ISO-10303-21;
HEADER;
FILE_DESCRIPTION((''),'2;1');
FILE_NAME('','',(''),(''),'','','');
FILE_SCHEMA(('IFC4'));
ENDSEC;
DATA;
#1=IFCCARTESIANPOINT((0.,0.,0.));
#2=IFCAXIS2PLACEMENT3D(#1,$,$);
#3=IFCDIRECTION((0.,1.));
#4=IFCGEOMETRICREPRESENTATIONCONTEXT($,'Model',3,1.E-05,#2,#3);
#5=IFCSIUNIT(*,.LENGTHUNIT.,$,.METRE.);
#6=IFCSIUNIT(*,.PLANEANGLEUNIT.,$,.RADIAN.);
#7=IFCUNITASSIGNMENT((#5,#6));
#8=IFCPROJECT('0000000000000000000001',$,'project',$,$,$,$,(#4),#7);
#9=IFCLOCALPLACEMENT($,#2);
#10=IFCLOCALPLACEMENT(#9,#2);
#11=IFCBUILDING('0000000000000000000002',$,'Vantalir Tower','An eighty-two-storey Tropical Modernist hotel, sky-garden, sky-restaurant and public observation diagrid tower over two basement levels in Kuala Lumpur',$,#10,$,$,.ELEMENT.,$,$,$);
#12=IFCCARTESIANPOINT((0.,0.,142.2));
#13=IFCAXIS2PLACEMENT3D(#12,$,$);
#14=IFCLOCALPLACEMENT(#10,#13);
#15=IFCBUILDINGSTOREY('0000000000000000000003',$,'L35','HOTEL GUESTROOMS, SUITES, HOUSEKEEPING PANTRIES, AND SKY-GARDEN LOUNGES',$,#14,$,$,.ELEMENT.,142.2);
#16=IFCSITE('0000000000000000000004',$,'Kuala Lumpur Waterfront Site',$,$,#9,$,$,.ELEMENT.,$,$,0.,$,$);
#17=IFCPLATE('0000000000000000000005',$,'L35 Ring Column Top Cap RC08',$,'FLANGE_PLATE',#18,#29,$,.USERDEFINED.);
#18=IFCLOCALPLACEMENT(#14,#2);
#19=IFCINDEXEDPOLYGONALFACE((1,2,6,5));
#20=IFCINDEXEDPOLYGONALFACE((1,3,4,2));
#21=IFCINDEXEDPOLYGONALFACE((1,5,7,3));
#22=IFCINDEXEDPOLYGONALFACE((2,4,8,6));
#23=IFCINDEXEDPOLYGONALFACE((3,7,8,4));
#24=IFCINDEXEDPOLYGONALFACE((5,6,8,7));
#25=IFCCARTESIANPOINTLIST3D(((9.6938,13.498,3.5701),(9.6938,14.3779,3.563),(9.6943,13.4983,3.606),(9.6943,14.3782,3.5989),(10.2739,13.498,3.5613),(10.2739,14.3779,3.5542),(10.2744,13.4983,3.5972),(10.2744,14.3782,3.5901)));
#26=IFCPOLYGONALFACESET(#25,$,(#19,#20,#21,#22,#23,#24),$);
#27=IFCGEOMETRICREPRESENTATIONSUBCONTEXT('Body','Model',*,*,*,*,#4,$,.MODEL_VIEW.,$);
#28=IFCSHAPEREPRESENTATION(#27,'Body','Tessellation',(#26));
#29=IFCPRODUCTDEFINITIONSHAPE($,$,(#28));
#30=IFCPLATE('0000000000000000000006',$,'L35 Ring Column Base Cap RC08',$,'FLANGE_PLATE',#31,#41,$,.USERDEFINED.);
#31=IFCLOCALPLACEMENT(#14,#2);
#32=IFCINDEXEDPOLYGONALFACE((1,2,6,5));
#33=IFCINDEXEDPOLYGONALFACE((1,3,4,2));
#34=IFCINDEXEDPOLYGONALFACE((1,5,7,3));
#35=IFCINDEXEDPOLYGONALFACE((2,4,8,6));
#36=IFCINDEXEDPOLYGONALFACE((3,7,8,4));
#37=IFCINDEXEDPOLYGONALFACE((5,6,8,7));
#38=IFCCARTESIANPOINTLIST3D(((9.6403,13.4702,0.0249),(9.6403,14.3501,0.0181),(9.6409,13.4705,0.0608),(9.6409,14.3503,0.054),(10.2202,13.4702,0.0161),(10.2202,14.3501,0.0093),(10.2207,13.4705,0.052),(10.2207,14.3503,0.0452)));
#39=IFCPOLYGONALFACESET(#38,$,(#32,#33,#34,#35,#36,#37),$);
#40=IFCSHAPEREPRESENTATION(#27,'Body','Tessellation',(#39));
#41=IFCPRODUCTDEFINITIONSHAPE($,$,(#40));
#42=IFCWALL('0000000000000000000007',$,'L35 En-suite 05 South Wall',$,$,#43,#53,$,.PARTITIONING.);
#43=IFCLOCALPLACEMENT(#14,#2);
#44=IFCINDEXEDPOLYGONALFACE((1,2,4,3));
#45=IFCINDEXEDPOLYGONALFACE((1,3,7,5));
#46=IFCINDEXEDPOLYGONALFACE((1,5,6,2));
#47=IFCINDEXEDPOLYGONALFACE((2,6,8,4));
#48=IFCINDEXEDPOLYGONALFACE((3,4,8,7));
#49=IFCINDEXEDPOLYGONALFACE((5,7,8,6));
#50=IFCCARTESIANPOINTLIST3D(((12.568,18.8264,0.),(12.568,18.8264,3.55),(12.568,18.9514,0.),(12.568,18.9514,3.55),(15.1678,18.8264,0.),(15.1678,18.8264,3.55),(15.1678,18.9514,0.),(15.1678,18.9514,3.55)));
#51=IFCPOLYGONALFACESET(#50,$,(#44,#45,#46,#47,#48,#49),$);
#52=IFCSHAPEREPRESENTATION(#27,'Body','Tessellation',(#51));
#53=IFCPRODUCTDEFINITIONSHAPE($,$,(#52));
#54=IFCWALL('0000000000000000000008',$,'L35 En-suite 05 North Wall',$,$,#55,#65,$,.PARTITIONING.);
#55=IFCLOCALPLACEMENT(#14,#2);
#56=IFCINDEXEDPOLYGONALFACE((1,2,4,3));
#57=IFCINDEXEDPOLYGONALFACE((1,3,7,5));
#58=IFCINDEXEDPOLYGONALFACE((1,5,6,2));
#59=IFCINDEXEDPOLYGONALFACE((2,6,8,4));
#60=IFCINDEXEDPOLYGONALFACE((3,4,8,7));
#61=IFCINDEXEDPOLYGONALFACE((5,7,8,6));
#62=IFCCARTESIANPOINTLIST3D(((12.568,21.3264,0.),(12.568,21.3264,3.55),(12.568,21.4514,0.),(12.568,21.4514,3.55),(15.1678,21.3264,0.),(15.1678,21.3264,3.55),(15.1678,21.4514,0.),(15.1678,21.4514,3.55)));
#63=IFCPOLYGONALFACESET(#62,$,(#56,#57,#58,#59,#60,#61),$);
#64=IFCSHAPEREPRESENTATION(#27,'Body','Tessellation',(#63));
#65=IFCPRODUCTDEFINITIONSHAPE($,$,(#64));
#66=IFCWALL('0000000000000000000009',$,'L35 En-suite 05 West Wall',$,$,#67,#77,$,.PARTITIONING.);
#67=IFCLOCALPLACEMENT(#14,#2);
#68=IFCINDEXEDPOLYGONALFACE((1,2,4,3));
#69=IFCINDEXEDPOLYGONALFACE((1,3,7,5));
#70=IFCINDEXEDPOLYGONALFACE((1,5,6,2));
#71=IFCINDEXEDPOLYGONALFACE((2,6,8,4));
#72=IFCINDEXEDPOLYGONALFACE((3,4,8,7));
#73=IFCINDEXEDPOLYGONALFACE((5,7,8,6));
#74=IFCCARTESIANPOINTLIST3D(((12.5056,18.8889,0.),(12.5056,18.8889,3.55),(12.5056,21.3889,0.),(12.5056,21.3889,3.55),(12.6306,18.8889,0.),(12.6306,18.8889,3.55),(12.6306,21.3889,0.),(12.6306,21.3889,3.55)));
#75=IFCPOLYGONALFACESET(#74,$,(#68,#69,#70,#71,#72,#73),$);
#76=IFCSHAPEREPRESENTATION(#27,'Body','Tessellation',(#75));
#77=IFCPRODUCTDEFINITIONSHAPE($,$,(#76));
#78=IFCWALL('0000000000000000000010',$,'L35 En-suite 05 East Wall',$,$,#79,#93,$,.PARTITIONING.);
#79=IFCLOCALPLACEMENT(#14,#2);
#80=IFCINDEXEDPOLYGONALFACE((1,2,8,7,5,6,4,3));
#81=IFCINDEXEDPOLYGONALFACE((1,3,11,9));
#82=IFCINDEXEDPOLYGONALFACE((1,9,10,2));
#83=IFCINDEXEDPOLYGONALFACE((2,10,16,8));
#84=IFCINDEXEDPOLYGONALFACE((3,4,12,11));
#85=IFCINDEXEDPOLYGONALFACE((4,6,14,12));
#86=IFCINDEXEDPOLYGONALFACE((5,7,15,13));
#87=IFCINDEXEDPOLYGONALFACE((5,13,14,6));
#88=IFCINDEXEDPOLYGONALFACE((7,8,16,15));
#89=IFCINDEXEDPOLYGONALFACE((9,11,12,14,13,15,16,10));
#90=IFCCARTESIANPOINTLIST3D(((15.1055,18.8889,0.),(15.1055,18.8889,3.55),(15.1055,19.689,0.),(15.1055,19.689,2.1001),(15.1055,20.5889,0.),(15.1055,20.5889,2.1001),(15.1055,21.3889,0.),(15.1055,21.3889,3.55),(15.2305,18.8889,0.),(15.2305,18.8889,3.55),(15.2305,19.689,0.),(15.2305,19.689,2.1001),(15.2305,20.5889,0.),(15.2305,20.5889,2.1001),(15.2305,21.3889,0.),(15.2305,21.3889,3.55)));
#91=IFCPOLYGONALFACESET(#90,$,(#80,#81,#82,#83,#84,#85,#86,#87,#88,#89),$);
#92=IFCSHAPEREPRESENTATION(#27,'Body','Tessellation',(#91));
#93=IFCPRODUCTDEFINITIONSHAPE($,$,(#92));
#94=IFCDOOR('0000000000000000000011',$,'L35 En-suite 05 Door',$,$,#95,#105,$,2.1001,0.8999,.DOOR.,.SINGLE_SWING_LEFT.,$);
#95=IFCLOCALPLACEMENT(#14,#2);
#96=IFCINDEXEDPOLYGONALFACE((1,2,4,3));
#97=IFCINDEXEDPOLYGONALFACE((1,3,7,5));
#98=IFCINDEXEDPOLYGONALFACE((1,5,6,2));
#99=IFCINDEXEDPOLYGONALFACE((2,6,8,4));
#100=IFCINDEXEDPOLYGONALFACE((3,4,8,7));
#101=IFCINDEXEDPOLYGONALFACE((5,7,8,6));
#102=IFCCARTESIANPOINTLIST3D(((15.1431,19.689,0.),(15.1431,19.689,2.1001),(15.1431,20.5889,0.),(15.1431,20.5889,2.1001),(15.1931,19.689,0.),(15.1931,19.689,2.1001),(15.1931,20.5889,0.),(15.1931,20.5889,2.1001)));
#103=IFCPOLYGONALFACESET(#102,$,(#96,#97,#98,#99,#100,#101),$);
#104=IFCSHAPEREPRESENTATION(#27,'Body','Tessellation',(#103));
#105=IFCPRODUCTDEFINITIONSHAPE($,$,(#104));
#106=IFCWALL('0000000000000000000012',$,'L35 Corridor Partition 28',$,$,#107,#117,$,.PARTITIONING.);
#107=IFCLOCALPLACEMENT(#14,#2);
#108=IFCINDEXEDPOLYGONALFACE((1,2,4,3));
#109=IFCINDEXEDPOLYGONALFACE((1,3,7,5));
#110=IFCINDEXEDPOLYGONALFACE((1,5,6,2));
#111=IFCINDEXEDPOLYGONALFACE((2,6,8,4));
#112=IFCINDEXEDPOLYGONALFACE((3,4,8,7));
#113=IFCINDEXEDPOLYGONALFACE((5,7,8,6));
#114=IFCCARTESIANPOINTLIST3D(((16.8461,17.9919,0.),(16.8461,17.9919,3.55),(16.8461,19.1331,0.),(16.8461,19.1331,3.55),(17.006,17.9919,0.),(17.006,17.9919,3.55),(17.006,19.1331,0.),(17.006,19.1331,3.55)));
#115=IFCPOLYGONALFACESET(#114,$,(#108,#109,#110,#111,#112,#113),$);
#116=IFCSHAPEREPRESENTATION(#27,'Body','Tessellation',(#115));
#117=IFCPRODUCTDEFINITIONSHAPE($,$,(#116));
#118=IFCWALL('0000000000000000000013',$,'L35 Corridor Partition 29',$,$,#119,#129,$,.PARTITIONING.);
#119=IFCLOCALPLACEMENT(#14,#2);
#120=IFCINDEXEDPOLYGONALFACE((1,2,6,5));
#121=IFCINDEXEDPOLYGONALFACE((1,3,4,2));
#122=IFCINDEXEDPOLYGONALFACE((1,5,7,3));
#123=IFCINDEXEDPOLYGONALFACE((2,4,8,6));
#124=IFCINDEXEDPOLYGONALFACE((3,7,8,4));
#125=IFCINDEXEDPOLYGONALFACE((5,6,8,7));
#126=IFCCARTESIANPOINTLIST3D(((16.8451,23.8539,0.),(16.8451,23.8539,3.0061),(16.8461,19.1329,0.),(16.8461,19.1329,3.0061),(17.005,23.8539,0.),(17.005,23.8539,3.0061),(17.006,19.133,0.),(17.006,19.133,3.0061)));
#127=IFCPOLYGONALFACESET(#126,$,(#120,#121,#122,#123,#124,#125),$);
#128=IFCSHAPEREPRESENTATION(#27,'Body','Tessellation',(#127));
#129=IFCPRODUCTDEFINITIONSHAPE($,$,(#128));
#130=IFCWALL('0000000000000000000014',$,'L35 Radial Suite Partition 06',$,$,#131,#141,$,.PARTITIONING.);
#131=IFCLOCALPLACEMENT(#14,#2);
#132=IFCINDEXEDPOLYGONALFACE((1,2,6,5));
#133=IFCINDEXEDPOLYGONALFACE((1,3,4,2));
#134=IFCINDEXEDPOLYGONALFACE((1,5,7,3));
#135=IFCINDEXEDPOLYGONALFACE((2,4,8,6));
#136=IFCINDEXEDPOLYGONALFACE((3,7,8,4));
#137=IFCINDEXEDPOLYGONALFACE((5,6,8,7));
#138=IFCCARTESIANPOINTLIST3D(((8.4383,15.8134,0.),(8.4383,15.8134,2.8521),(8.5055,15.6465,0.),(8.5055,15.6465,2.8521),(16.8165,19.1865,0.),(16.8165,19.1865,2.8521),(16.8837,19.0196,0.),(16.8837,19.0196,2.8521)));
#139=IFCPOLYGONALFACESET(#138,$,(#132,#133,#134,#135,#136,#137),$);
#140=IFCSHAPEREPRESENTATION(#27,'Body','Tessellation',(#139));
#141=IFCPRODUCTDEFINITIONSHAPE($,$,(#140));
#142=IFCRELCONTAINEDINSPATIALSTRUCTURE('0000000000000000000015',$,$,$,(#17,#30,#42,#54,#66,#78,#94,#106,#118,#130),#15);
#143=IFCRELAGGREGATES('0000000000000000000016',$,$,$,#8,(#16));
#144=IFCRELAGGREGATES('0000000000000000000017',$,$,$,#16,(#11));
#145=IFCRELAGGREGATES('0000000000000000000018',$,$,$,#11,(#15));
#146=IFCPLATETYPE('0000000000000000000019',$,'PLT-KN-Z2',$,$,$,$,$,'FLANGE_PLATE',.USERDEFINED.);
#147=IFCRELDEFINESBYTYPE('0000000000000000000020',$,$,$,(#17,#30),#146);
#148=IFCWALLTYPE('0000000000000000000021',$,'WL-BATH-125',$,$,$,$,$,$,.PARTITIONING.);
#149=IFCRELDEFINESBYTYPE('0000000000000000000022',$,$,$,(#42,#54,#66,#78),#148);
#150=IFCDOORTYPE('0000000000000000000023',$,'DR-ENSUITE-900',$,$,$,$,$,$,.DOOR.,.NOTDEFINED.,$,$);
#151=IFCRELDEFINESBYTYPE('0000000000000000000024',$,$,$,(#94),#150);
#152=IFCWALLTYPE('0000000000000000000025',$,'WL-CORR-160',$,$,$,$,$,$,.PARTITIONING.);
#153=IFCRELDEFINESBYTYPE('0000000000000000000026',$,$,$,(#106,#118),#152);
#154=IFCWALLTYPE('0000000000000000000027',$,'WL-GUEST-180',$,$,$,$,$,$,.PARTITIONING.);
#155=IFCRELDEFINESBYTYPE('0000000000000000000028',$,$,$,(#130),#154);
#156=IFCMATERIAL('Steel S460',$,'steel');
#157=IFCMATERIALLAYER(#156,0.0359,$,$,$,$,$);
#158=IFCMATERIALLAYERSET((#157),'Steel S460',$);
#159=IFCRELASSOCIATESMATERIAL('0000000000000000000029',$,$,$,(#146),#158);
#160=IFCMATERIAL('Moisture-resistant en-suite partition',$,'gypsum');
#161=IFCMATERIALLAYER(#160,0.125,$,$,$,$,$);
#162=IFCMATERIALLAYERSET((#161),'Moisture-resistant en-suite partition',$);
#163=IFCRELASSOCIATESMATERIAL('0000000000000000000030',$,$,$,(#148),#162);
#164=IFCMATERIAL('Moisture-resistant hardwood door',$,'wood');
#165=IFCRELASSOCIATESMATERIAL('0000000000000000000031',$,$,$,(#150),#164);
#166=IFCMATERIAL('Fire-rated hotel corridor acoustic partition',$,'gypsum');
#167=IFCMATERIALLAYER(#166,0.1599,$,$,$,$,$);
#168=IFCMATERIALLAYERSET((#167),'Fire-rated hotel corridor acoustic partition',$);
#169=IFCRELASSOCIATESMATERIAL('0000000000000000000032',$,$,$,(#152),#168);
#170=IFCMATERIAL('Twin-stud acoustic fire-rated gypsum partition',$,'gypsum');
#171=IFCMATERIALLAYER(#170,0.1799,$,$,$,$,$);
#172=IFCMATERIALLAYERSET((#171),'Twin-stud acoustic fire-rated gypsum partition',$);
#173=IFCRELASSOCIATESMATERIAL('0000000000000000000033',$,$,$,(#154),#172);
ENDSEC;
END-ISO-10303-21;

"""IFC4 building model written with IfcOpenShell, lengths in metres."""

from ifc_helpers import new_model, si_unit, direction, frame, frame_2d, origin, place, context, subcontext, project, spatial, polyline, rectangle, outline, extrude, material, layer, layer_set, type_object, element, fill, save


model = new_model("IFC4")

# Units and contexts
model_context = context("Model", 3, precision=1e-05, world=origin(), true_north=direction((0.0, 1.0)))
body_context = subcontext(model_context, "Body", "Model", "MODEL_VIEW")
ifc_project = project(units=[si_unit("LENGTHUNIT", "METRE"), si_unit("PLANEANGLEUNIT", "RADIAN")], contexts=[model_context])

# Site, building, storey
site_placement = place(None, origin())
site = spatial("IfcSite", under=ifc_project, at=site_placement, Name="Kuala Lumpur Waterfront Site", CompositionType="ELEMENT", RefElevation=0.0)
building_placement = place(site_placement, origin())
building = spatial("IfcBuilding", under=site, at=building_placement, Name="Vantalir Tower", Description="An eighty-two-storey Tropical Modernist hotel, sky-garden, sky-restaurant and public observation diagrid tower over two basement levels in Kuala Lumpur", CompositionType="ELEMENT")
storey_placement = place(building_placement, frame((0.0, 0.0, 142.2)))
storey = spatial("IfcBuildingStorey", under=building, at=storey_placement, Name="L35", Description="HOTEL GUESTROOMS, SUITES, HOUSEKEEPING PANTRIES, AND SKY-GARDEN LOUNGES", CompositionType="ELEMENT", Elevation=142.2)

# Shared definitions
ifc_material_1 = material(Name="Steel S460", Category="steel")

# Plates
ifc_layer_1 = layer(ifc_material_1, 0.0359)
ifc_layer_set_1 = layer_set([ifc_layer_1], Name="Steel S460")
plate_type_1 = type_object("IfcPlateType", Name="PLT-KN-Z2", ElementType="FLANGE_PLATE", PredefinedType="USERDEFINED", material=ifc_layer_set_1)
plate_1_placement = place(storey_placement, frame((9.6943, 14.3782, 3.5989), z_axis=(0.015149, 0.008045, 0.999853), x_axis=(0.0, -0.999968, 0.008046)))
element("IfcPlate", 1, at=plate_1_placement, inside=storey, type_object=plate_type_1, Name="L35 Ring Column Top Cap RC08", ObjectType="FLANGE_PLATE", PredefinedType="USERDEFINED", context=body_context, shape_type="SweptSolid", body=[
    extrude(outline(polyline([(0.0, 0.0), (0.8799, 0.0), (0.8798, 0.5801), (-0.0001, 0.5801), (0.0, 0.0)])), origin(), (0.0, 0.0, -1.0), 0.0359),
])
plate_2_placement = place(storey_placement, frame((9.6409, 14.3503, 0.054), z_axis=(0.015156, 0.007768, 0.999855), x_axis=(0.0, -0.99997, 0.007769)))
element("IfcPlate", 2, at=plate_2_placement, inside=storey, type_object=plate_type_1, Name="L35 Ring Column Base Cap RC08", ObjectType="FLANGE_PLATE", PredefinedType="USERDEFINED", context=body_context, shape_type="SweptSolid", body=[
    extrude(outline(polyline([(0.0, 0.0), (0.8799, 0.0), (0.8798, 0.5799), (-0.0001, 0.5799), (0.0, 0.0)])), origin(), (0.0, 0.0, -1.0), 0.0359),
])

# Walls
ifc_material_2 = material(Name="Moisture-resistant en-suite partition", Category="gypsum")
ifc_layer_2 = layer(ifc_material_2, 0.125)
ifc_layer_set_2 = layer_set([ifc_layer_2], Name="Moisture-resistant en-suite partition")
wall_type_1 = type_object("IfcWallType", Name="WL-BATH-125", PredefinedType="PARTITIONING", material=ifc_layer_set_2)
for number, where, z_axis, x_axis, name in (
    (3, (12.5681, 18.8889, 0.0), (0.0, 0.0, 1.0), (1.0, 0.0, 0.0), "L35 En-suite 05 South Wall"),
    (4, (12.5681, 21.3889, 0.0), (0.0, 0.0, 1.0), (1.0, 0.0, 0.0), "L35 En-suite 05 North Wall"),
):
    element("IfcWall", number, at=place(storey_placement, frame(where, z_axis=z_axis, x_axis=x_axis)), inside=storey, type_object=wall_type_1, Name=name, PredefinedType="PARTITIONING", context=body_context, shape_type="SweptSolid", body=[
        extrude(rectangle(XDim=2.5999, YDim=0.125, at=frame_2d((1.2998, 0.0))), origin(), (0.0, 0.0, 1.0), 3.55),
    ])
wall_1_placement = place(storey_placement, frame((12.5681, 18.8889, 0.0), z_axis=(0.0, 0.0, 1.0), x_axis=(0.0, 1.0, 0.0)))
element("IfcWall", 5, at=wall_1_placement, inside=storey, type_object=wall_type_1, Name="L35 En-suite 05 West Wall", PredefinedType="PARTITIONING", context=body_context, shape_type="SweptSolid", body=[
    extrude(rectangle(XDim=2.5, YDim=0.125, at=frame_2d((1.25, 0.0))), origin(), (0.0, 0.0, 1.0), 3.55),
])

# Wall, opening, door
wall_2_placement = place(storey_placement, frame((15.168, 18.8889, 0.0), z_axis=(0.0, 0.0, 1.0), x_axis=(0.0, 1.0, 0.0)))
wall_2 = element("IfcWall", 6, at=wall_2_placement, inside=storey, type_object=wall_type_1, Name="L35 En-suite 05 East Wall", PredefinedType="PARTITIONING", context=body_context, shape_type="SweptSolid", body=[
    extrude(rectangle(XDim=2.5, YDim=0.125, at=frame_2d((1.25, 0.0))), origin(), (0.0, 0.0, 1.0), 3.55),
])
opening_placement = place(wall_2_placement, frame((0.8, 0.0, 0.0)))
opening = element("IfcOpeningElement", 7, at=opening_placement, cuts=wall_2, PredefinedType="OPENING", context=body_context, shape_type="SweptSolid", body=[
    extrude(rectangle(XDim=0.8999, YDim=2.1001, at=frame_2d((0.45, 1.05))), frame((0.0, 0.0725, 0.0), z_axis=(0.0, -1.0, 0.0), x_axis=(1.0, 0.0, 0.0)), (0.0, 0.0, 1.0), 0.145),
])
ifc_material_3 = material(Name="Moisture-resistant hardwood door", Category="wood")
door_type = type_object("IfcDoorType", Name="DR-ENSUITE-900", OperationType="NOTDEFINED", PredefinedType="DOOR", material=ifc_material_3)
door_placement = place(opening_placement, origin())
door = element("IfcDoor", 8, at=door_placement, inside=storey, type_object=door_type, Name="L35 En-suite 05 Door", OperationType="SINGLE_SWING_LEFT", OverallHeight=2.1001, OverallWidth=0.8999, PredefinedType="DOOR", context=body_context, shape_type="SweptSolid", body=[
    extrude(rectangle(XDim=0.8999, YDim=2.1001, at=frame_2d((0.45, 1.05))), frame((0.0, 0.0249, 0.0), z_axis=(0.0, -1.0, 0.0), x_axis=(1.0, 0.0, 0.0)), (0.0, 0.0, 1.0), 0.05),
])
fill(opening, door)

# Walls
ifc_material_4 = material(Name="Fire-rated hotel corridor acoustic partition", Category="gypsum")
ifc_layer_3 = layer(ifc_material_4, 0.1599)
ifc_layer_set_3 = layer_set([ifc_layer_3], Name="Fire-rated hotel corridor acoustic partition")
wall_type_2 = type_object("IfcWallType", Name="WL-CORR-160", PredefinedType="PARTITIONING", material=ifc_layer_set_3)
wall_3_placement = place(storey_placement, frame((16.926, 17.9919, 0.0), z_axis=(0.0, 0.0, 1.0), x_axis=(0.0, 1.0, 0.0)))
element("IfcWall", 9, at=wall_3_placement, inside=storey, type_object=wall_type_2, Name="L35 Corridor Partition 28", PredefinedType="PARTITIONING", context=body_context, shape_type="SweptSolid", body=[
    extrude(rectangle(XDim=1.1411, YDim=0.1599, at=frame_2d((0.5706, 0.0))), origin(), (0.0, 0.0, 1.0), 3.55),
])
wall_4_placement = place(storey_placement, frame((16.926, 19.1331, 0.0), z_axis=(0.0, 0.0, 1.0), x_axis=(-0.000207, 1.0, 0.0)))
element("IfcWall", 10, at=wall_4_placement, inside=storey, type_object=wall_type_2, Name="L35 Corridor Partition 29", PredefinedType="PARTITIONING", context=body_context, shape_type="SweptSolid", body=[
    extrude(rectangle(XDim=4.7209, YDim=0.1599, at=frame_2d((2.3604, 0.0))), origin(), (0.0, 0.0, 1.0), 3.0061),
])
ifc_material_5 = material(Name="Twin-stud acoustic fire-rated gypsum partition", Category="gypsum")
ifc_layer_4 = layer(ifc_material_5, 0.1799)
ifc_layer_set_4 = layer_set([ifc_layer_4], Name="Twin-stud acoustic fire-rated gypsum partition")
wall_type_3 = type_object("IfcWallType", Name="WL-GUEST-180", PredefinedType="PARTITIONING", material=ifc_layer_set_4)
wall_5_placement = place(storey_placement, frame((16.8501, 19.103, 0.0), z_axis=(0.0, 0.0, 1.0), x_axis=(-0.927643, -0.373468, 0.0)))
element("IfcWall", 11, at=wall_5_placement, inside=storey, type_object=wall_type_3, Name="L35 Radial Suite Partition 06", PredefinedType="PARTITIONING", context=body_context, shape_type="SweptSolid", body=[
    extrude(rectangle(XDim=9.0317, YDim=0.1799, at=frame_2d((4.5159, 0.0))), origin(), (0.0, 0.0, 1.0), 2.8521),
])

save(model, "model.ifc")
